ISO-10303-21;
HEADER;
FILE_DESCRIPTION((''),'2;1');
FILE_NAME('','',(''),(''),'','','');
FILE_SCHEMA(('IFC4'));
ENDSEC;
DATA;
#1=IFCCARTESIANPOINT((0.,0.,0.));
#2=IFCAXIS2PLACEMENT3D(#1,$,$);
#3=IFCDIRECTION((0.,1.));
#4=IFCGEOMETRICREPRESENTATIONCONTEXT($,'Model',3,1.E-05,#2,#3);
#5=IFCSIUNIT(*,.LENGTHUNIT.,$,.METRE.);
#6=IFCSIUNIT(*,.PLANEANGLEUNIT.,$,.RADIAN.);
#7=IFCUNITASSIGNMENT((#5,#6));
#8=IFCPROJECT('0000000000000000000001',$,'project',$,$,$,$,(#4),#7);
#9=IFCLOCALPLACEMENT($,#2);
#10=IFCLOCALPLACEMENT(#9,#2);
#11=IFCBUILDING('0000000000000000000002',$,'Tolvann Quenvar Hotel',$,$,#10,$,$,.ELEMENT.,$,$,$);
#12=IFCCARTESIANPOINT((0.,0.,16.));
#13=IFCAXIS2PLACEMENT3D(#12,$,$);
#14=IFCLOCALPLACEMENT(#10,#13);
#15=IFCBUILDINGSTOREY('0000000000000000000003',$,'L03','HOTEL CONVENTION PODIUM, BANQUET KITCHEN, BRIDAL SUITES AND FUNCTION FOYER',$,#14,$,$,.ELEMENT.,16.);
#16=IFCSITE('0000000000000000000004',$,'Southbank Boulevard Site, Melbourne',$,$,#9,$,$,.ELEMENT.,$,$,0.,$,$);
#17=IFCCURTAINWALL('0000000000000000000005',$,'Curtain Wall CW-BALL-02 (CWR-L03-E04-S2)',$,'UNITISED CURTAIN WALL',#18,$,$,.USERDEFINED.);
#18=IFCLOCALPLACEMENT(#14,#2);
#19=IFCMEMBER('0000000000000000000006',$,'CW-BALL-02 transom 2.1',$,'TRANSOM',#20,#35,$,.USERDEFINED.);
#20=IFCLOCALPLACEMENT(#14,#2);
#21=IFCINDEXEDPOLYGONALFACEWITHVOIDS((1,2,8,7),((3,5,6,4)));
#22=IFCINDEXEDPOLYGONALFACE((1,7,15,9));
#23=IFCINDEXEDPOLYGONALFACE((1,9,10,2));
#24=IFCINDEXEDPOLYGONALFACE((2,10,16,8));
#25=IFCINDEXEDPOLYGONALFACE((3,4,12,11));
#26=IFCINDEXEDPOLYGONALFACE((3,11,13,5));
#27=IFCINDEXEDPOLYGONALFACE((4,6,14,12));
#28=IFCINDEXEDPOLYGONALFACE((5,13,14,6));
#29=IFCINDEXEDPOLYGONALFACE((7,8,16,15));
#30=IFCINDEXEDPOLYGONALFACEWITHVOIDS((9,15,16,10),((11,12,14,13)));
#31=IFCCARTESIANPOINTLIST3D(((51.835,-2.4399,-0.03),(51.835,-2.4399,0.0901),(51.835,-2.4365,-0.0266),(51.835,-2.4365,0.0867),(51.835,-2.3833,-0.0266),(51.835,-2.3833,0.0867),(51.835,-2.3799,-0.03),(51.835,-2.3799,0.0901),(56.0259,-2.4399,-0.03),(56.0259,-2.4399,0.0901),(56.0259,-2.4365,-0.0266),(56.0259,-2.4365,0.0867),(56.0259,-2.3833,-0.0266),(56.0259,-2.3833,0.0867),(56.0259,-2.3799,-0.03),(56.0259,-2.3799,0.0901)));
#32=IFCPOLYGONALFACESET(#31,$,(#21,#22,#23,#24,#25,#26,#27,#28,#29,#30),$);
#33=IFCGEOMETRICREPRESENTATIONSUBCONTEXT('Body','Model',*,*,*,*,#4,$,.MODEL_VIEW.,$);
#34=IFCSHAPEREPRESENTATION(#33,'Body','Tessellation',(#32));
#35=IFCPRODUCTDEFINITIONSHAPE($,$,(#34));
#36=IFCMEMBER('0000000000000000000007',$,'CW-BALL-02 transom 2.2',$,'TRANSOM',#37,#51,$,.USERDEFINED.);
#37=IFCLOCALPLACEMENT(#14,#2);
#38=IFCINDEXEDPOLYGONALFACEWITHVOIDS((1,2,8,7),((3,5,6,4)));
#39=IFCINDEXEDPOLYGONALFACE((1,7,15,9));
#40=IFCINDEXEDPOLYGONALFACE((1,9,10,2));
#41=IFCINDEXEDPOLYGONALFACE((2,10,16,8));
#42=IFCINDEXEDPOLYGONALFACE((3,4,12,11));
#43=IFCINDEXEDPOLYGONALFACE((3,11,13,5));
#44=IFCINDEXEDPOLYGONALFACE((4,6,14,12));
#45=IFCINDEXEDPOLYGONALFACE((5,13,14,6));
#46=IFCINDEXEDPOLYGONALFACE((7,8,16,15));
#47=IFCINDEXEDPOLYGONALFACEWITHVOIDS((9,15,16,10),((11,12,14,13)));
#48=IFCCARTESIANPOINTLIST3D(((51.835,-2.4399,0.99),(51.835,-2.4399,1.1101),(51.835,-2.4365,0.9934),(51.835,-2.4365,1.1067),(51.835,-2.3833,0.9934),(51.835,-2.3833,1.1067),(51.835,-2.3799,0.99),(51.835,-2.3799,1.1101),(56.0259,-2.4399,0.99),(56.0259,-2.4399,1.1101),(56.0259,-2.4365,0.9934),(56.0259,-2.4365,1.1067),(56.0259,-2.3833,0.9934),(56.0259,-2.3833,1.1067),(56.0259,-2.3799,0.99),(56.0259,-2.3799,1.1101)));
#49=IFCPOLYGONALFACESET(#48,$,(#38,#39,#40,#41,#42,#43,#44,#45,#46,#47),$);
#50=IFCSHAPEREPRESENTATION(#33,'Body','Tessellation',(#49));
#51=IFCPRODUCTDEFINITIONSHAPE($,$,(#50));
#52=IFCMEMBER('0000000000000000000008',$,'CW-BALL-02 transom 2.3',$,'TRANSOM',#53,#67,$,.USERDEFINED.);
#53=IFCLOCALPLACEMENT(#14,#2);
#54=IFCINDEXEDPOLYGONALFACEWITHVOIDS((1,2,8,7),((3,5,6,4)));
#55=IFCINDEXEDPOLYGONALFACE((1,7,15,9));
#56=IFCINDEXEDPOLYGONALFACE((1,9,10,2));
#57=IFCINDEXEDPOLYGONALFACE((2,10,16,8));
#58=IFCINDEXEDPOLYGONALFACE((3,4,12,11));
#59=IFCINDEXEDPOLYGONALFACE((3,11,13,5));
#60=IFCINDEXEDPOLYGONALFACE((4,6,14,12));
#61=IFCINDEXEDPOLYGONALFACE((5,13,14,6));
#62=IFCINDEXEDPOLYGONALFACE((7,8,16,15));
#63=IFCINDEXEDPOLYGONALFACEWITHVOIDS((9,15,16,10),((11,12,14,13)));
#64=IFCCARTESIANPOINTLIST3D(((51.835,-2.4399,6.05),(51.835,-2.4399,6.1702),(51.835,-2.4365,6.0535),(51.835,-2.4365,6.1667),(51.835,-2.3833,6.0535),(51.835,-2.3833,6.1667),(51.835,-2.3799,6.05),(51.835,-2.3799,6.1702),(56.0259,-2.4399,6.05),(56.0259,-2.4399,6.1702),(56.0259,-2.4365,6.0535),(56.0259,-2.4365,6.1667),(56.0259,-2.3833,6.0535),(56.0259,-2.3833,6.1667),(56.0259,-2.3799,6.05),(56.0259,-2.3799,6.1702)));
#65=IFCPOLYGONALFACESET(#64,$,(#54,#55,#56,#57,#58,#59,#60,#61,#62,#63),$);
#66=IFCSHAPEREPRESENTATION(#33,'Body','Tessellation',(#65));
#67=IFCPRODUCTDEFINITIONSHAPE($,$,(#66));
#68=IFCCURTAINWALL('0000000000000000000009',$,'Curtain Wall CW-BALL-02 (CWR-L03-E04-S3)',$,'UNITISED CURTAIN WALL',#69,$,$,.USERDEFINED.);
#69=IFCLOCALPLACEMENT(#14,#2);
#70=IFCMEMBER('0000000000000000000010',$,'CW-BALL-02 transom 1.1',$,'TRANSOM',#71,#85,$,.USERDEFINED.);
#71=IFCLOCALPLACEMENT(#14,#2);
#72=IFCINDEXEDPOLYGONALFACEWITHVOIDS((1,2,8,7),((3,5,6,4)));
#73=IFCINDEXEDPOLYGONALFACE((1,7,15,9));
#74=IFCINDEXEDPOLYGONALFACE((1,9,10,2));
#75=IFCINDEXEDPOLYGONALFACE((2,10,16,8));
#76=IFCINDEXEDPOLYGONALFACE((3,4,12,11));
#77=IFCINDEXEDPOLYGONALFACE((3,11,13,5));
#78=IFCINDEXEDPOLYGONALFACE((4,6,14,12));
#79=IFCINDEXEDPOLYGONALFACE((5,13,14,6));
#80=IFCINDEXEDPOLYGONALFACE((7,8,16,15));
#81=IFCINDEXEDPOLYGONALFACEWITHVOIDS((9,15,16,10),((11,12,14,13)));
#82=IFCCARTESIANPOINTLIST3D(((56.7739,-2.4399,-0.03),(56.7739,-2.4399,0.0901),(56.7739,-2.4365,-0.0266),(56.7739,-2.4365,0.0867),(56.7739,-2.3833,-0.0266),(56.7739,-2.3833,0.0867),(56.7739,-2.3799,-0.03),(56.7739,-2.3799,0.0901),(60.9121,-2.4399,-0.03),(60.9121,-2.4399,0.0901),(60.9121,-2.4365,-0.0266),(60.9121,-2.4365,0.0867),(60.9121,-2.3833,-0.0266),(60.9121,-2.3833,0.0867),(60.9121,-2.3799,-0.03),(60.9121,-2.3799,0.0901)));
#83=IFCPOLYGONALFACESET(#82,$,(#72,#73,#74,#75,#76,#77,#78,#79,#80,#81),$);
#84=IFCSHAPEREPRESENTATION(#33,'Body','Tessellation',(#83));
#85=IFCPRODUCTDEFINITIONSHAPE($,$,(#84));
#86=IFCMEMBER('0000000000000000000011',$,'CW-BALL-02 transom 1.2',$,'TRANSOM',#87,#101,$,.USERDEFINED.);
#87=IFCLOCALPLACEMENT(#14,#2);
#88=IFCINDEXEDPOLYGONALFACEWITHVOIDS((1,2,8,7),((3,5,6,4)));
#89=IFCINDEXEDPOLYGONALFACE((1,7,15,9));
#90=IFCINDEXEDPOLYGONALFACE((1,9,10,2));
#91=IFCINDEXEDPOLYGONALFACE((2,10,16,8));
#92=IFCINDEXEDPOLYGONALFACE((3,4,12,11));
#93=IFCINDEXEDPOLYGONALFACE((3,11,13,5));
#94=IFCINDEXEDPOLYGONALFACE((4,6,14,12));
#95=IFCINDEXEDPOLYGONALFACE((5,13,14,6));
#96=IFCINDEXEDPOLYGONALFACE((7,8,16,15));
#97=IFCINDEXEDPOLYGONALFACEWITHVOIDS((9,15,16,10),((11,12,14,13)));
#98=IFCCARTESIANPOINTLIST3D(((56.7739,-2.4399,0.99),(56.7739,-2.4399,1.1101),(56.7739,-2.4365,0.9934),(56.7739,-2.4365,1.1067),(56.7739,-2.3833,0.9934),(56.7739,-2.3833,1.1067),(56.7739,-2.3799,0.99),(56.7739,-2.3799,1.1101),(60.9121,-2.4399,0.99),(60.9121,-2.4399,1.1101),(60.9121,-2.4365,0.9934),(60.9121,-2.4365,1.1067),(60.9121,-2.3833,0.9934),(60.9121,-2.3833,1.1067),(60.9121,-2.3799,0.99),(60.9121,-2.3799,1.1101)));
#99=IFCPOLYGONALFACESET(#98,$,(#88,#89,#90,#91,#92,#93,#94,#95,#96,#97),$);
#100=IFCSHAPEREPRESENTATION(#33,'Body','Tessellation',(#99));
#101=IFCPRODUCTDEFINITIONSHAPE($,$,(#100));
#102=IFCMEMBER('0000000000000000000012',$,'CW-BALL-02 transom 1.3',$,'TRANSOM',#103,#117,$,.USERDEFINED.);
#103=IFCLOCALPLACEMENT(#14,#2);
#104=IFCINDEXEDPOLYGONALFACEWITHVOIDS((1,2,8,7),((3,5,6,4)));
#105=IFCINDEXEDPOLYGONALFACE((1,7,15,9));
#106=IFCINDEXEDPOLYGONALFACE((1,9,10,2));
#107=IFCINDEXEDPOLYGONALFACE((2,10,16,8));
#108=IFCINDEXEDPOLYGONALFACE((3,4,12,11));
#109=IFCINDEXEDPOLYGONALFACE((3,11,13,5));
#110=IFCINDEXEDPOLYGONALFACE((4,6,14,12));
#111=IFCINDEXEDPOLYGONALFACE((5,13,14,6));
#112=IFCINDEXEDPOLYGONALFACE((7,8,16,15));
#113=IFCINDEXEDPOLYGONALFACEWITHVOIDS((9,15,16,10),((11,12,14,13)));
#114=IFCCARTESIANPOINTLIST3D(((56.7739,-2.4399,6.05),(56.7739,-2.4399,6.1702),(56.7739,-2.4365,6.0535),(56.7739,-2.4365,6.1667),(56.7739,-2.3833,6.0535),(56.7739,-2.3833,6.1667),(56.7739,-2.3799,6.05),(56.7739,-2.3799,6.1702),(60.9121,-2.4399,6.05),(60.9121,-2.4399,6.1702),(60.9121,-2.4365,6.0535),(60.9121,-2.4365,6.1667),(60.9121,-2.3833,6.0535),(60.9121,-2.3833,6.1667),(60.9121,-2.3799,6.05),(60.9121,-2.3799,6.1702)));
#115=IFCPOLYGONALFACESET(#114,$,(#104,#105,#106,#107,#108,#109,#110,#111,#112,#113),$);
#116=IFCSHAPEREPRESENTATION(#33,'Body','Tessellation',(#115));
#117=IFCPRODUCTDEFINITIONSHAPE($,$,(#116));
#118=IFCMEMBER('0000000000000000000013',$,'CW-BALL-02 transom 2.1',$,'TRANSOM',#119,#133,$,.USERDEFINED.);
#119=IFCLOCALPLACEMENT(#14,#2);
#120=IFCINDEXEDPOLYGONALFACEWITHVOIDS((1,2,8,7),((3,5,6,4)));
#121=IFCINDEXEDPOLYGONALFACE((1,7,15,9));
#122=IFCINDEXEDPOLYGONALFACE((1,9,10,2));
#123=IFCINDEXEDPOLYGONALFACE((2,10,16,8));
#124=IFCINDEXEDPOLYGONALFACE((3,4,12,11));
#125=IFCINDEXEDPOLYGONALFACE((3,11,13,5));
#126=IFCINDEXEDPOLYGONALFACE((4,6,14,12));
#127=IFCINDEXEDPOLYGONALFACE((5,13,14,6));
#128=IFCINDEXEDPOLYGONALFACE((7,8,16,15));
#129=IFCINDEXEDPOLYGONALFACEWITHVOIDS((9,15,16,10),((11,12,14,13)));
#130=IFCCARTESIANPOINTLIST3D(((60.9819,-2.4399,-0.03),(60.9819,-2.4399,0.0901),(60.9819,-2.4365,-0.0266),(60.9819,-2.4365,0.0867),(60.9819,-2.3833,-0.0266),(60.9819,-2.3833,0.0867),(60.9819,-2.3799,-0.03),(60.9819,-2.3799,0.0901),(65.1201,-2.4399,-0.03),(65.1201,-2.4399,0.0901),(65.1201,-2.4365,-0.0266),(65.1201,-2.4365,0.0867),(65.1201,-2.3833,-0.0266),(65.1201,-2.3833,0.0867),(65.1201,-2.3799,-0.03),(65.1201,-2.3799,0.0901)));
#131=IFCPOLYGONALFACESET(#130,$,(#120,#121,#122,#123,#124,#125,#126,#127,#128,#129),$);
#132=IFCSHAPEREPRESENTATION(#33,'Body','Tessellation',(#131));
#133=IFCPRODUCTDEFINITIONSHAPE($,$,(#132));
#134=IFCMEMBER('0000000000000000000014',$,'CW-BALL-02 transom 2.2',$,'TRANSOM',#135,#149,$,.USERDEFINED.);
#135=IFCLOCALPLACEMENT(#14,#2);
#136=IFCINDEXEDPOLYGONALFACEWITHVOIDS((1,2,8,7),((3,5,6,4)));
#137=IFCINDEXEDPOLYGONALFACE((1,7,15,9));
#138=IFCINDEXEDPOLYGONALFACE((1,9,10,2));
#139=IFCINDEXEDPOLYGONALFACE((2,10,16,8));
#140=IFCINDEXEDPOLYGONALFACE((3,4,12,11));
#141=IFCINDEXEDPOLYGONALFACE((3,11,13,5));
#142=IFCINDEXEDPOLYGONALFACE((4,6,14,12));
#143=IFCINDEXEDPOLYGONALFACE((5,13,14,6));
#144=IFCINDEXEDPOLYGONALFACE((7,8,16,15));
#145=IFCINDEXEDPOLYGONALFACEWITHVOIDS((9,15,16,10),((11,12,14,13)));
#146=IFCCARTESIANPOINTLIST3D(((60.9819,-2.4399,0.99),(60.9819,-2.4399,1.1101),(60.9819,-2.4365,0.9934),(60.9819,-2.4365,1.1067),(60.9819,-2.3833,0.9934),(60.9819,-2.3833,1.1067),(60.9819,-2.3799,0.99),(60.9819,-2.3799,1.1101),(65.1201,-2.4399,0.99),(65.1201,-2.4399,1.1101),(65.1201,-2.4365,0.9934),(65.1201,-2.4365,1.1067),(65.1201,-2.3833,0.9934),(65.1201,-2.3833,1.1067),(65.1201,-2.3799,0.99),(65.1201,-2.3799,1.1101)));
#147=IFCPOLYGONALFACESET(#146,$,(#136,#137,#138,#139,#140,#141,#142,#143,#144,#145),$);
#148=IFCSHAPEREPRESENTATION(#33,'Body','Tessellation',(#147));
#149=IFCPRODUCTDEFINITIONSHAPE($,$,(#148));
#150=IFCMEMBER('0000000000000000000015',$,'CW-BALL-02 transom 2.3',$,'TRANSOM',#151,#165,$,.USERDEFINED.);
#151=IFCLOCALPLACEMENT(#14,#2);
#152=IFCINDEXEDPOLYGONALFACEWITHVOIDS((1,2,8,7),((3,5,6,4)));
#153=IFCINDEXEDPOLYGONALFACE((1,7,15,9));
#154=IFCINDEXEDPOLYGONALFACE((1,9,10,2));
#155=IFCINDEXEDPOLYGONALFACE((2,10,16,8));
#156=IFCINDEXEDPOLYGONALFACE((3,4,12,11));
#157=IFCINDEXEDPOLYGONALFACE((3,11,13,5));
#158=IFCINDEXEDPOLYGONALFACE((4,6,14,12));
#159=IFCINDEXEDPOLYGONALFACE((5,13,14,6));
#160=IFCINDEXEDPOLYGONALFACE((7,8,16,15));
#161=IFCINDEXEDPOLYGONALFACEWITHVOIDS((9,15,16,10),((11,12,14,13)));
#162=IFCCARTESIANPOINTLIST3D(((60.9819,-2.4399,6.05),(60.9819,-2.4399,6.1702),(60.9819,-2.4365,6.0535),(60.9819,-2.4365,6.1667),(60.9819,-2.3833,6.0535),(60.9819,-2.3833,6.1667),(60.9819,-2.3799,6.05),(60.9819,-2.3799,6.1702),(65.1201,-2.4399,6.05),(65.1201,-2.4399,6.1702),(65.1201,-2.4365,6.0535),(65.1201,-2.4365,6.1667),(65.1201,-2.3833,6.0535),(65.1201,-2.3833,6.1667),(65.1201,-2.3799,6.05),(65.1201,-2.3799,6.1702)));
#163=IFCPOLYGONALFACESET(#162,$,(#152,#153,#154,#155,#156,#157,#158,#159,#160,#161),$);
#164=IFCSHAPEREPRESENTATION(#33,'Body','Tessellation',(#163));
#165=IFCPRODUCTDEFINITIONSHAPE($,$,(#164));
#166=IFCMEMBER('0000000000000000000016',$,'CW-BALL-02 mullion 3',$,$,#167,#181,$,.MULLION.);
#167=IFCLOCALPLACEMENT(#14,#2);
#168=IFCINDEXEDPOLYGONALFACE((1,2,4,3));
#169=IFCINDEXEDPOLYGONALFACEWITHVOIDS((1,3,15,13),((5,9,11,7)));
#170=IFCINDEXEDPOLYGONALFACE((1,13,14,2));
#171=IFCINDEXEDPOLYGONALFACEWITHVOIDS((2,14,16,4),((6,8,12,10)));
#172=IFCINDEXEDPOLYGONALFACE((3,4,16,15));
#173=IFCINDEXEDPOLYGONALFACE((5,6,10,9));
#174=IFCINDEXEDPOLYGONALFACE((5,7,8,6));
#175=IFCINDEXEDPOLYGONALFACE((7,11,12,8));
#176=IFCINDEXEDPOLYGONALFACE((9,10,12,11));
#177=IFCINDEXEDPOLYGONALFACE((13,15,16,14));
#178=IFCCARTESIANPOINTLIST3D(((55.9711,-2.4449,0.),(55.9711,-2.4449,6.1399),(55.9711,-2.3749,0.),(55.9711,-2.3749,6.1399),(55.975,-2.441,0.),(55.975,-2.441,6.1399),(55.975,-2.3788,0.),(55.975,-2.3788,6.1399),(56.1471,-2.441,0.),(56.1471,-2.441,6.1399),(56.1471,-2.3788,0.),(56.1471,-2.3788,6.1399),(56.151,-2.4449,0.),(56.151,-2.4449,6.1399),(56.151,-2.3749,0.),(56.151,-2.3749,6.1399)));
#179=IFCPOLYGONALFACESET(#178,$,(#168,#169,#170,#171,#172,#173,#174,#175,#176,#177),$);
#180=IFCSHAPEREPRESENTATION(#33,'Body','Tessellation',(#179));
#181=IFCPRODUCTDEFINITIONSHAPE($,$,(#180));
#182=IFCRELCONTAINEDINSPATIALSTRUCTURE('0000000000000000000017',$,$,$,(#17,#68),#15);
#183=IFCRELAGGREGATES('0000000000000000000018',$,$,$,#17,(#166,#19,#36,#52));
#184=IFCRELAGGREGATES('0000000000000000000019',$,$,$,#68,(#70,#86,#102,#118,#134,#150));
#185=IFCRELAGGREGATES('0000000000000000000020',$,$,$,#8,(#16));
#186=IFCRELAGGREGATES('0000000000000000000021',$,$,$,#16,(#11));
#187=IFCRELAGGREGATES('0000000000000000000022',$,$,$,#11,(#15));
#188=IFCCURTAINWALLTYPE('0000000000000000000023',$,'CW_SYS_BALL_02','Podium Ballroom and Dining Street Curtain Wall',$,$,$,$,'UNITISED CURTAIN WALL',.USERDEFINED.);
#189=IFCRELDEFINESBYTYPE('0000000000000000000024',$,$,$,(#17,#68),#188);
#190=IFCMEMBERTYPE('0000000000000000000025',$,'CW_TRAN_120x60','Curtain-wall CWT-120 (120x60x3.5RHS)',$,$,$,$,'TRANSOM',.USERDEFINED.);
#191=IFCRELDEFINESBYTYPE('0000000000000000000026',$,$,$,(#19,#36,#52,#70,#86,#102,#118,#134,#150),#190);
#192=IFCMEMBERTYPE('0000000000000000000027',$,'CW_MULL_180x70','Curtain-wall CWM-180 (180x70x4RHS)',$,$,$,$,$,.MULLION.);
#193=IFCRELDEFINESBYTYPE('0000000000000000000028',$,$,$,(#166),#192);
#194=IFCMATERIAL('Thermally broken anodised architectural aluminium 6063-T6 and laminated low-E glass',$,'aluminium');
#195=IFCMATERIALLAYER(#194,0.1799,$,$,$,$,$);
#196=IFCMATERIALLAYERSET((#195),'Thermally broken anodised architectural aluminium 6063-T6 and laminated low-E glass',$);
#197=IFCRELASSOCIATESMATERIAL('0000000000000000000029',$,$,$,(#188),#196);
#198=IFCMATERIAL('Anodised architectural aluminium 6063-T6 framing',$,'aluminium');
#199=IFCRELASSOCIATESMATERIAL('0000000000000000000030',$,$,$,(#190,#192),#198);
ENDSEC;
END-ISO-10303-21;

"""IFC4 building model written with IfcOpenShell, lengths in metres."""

from ifc_helpers import new_model, si_unit, direction, frame, origin, origin_2d, place, context, subcontext, project, spatial, hollow_rectangle, extrude, source, transform, mapped, material, layer, layer_set, material_profile, profile_set, type_object, type_shapes, element, aggregate, save


model = new_model("IFC4")

# Units and contexts
model_context = context("Model", 3, precision=1e-05, world=origin(), true_north=direction((0.0, 1.0)))
body_context = subcontext(model_context, "Body", "Model", "MODEL_VIEW")
ifc_project = project(units=[si_unit("LENGTHUNIT", "METRE"), si_unit("PLANEANGLEUNIT", "RADIAN")], contexts=[model_context])

# Site, building, storey
site_placement = place(None, origin())
site = spatial("IfcSite", under=ifc_project, at=site_placement, Name="Southbank Boulevard Site, Melbourne", CompositionType="ELEMENT", RefElevation=0.0)
building_placement = place(site_placement, origin())
building = spatial("IfcBuilding", under=site, at=building_placement, Name="Tolvann Quenvar Hotel", CompositionType="ELEMENT")
storey_placement = place(building_placement, frame((0.0, 0.0, 16.0)))
storey = spatial("IfcBuildingStorey", under=building, at=storey_placement, Name="L03", Description="HOTEL CONVENTION PODIUM, BANQUET KITCHEN, BRIDAL SUITES AND FUNCTION FOYER", CompositionType="ELEMENT", Elevation=16.0)

# Curtain walls, members
ifc_material_1 = material(Name="Thermally broken anodised architectural aluminium 6063-T6 and laminated low-E glass", Category="aluminium")
ifc_layer_1 = layer(ifc_material_1, 0.1799)
ifc_layer_set_1 = layer_set([ifc_layer_1], Name="Thermally broken anodised architectural aluminium 6063-T6 and laminated low-E glass")
curtain_wall_type = type_object("IfcCurtainWallType", Name="CW_SYS_BALL_02", Description="Podium Ballroom and Dining Street Curtain Wall", ElementType="UNITISED CURTAIN WALL", PredefinedType="USERDEFINED", material=ifc_layer_set_1)
curtain_wall_1_placement = place(storey_placement, origin())
curtain_wall_1 = element("IfcCurtainWall", 1, at=curtain_wall_1_placement, inside=storey, type_object=curtain_wall_type, Name="Curtain Wall CW-BALL-02 (CWR-L03-E04-S2)", ObjectType="UNITISED CURTAIN WALL", PredefinedType="USERDEFINED")
ifc_material_2 = material(Name="Anodised architectural aluminium 6063-T6 framing", Category="aluminium")
ifc_material_profile_1 = material_profile(ifc_material_2, hollow_rectangle(XDim=0.0601, YDim=0.1201, WallThickness=0.0034, at=origin_2d()), Name="120x60x3.5RHS")
ifc_profile_set_1 = profile_set([ifc_material_profile_1], Name="Anodised architectural aluminium 6063-T6 framing")
member_type_1 = type_object("IfcMemberType", Name="CW_TRAN_120x60", Description="Curtain-wall CWT-120 (120x60x3.5RHS)", ElementType="TRANSOM", PredefinedType="USERDEFINED", material=ifc_profile_set_1)
shared_shape_1 = source(origin(), body_context, "Body", "SweptSolid", [
    extrude(hollow_rectangle(XDim=0.0601, YDim=0.1201, WallThickness=0.0034, at=origin_2d()), origin(), (0.0, 0.0, 1.0), 4.1909),
])
member_1_placement = place(storey_placement, frame((51.835, -2.4099, 0.03), z_axis=(1.0, 0.0, 0.0), x_axis=(0.0, 1.0, 0.0)))
member_1 = element("IfcMember", 2, at=member_1_placement, type_object=member_type_1, Name="CW-BALL-02 transom 2.1", ObjectType="TRANSOM", PredefinedType="USERDEFINED", context=body_context, shape_type="MappedRepresentation", body=[
    mapped(shared_shape_1, transform((0.0, 0.0, 0.0), x_axis=(1.0, 0.0, 0.0), y_axis=(0.0, 1.0, 0.0), z_axis=(0.0, 0.0, 1.0), scale=1.0)),
])
member_2_placement = place(storey_placement, frame((51.835, -2.4099, 1.05), z_axis=(1.0, 0.0, 0.0), x_axis=(0.0, 1.0, 0.0)))
member_2 = element("IfcMember", 3, at=member_2_placement, type_object=member_type_1, Name="CW-BALL-02 transom 2.2", ObjectType="TRANSOM", PredefinedType="USERDEFINED", context=body_context, shape_type="MappedRepresentation", body=[
    mapped(shared_shape_1, transform((0.0, 0.0, 0.0), x_axis=(1.0, 0.0, 0.0), y_axis=(0.0, 1.0, 0.0), z_axis=(0.0, 0.0, 1.0), scale=1.0)),
])
member_3_placement = place(storey_placement, frame((51.835, -2.4099, 6.1101), z_axis=(1.0, 0.0, 0.0), x_axis=(0.0, 1.0, 0.0)))
member_3 = element("IfcMember", 4, at=member_3_placement, type_object=member_type_1, Name="CW-BALL-02 transom 2.3", ObjectType="TRANSOM", PredefinedType="USERDEFINED", context=body_context, shape_type="MappedRepresentation", body=[
    mapped(shared_shape_1, transform((0.0, 0.0, 0.0), x_axis=(1.0, 0.0, 0.0), y_axis=(0.0, 1.0, 0.0), z_axis=(0.0, 0.0, 1.0), scale=1.0)),
])
curtain_wall_2_placement = place(storey_placement, origin())
curtain_wall_2 = element("IfcCurtainWall", 5, at=curtain_wall_2_placement, inside=storey, type_object=curtain_wall_type, Name="Curtain Wall CW-BALL-02 (CWR-L03-E04-S3)", ObjectType="UNITISED CURTAIN WALL", PredefinedType="USERDEFINED")
shared_shape_2 = source(origin(), body_context, "Body", "SweptSolid", [
    extrude(hollow_rectangle(XDim=0.0601, YDim=0.1201, WallThickness=0.0034, at=origin_2d()), origin(), (0.0, 0.0, 1.0), 4.1382),
])
type_shapes(member_type_1, [shared_shape_1, shared_shape_2])
member_4_placement = place(storey_placement, frame((56.7739, -2.4099, 0.03), z_axis=(1.0, 0.0, 0.0), x_axis=(0.0, 1.0, 0.0)))
member_4 = element("IfcMember", 6, at=member_4_placement, type_object=member_type_1, Name="CW-BALL-02 transom 1.1", ObjectType="TRANSOM", PredefinedType="USERDEFINED", context=body_context, shape_type="MappedRepresentation", body=[
    mapped(shared_shape_2, transform((0.0, 0.0, 0.0), x_axis=(1.0, 0.0, 0.0), y_axis=(0.0, 1.0, 0.0), z_axis=(0.0, 0.0, 1.0), scale=1.0)),
])
member_5_placement = place(storey_placement, frame((56.7739, -2.4099, 1.05), z_axis=(1.0, 0.0, 0.0), x_axis=(0.0, 1.0, 0.0)))
member_5 = element("IfcMember", 7, at=member_5_placement, type_object=member_type_1, Name="CW-BALL-02 transom 1.2", ObjectType="TRANSOM", PredefinedType="USERDEFINED", context=body_context, shape_type="MappedRepresentation", body=[
    mapped(shared_shape_2, transform((0.0, 0.0, 0.0), x_axis=(1.0, 0.0, 0.0), y_axis=(0.0, 1.0, 0.0), z_axis=(0.0, 0.0, 1.0), scale=1.0)),
])
member_6_placement = place(storey_placement, frame((56.7739, -2.4099, 6.1101), z_axis=(1.0, 0.0, 0.0), x_axis=(0.0, 1.0, 0.0)))
member_6 = element("IfcMember", 8, at=member_6_placement, type_object=member_type_1, Name="CW-BALL-02 transom 1.3", ObjectType="TRANSOM", PredefinedType="USERDEFINED", context=body_context, shape_type="MappedRepresentation", body=[
    mapped(shared_shape_2, transform((0.0, 0.0, 0.0), x_axis=(1.0, 0.0, 0.0), y_axis=(0.0, 1.0, 0.0), z_axis=(0.0, 0.0, 1.0), scale=1.0)),
])
member_7_placement = place(storey_placement, frame((60.9819, -2.4099, 0.03), z_axis=(1.0, 0.0, 0.0), x_axis=(0.0, 1.0, 0.0)))
member_7 = element("IfcMember", 9, at=member_7_placement, type_object=member_type_1, Name="CW-BALL-02 transom 2.1", ObjectType="TRANSOM", PredefinedType="USERDEFINED", context=body_context, shape_type="MappedRepresentation", body=[
    mapped(shared_shape_2, transform((0.0, 0.0, 0.0), x_axis=(1.0, 0.0, 0.0), y_axis=(0.0, 1.0, 0.0), z_axis=(0.0, 0.0, 1.0), scale=1.0)),
])
member_8_placement = place(storey_placement, frame((60.9819, -2.4099, 1.05), z_axis=(1.0, 0.0, 0.0), x_axis=(0.0, 1.0, 0.0)))
member_8 = element("IfcMember", 10, at=member_8_placement, type_object=member_type_1, Name="CW-BALL-02 transom 2.2", ObjectType="TRANSOM", PredefinedType="USERDEFINED", context=body_context, shape_type="MappedRepresentation", body=[
    mapped(shared_shape_2, transform((0.0, 0.0, 0.0), x_axis=(1.0, 0.0, 0.0), y_axis=(0.0, 1.0, 0.0), z_axis=(0.0, 0.0, 1.0), scale=1.0)),
])
member_9_placement = place(storey_placement, frame((60.9819, -2.4099, 6.1101), z_axis=(1.0, 0.0, 0.0), x_axis=(0.0, 1.0, 0.0)))
member_9 = element("IfcMember", 11, at=member_9_placement, type_object=member_type_1, Name="CW-BALL-02 transom 2.3", ObjectType="TRANSOM", PredefinedType="USERDEFINED", context=body_context, shape_type="MappedRepresentation", body=[
    mapped(shared_shape_2, transform((0.0, 0.0, 0.0), x_axis=(1.0, 0.0, 0.0), y_axis=(0.0, 1.0, 0.0), z_axis=(0.0, 0.0, 1.0), scale=1.0)),
])

# Member
ifc_material_profile_2 = material_profile(ifc_material_2, hollow_rectangle(XDim=0.0701, YDim=0.1799, WallThickness=0.0039, at=origin_2d()), Name="180x70x4RHS")
ifc_profile_set_2 = profile_set([ifc_material_profile_2], Name="Anodised architectural aluminium 6063-T6 framing")
member_type_2 = type_object("IfcMemberType", Name="CW_MULL_180x70", Description="Curtain-wall CWM-180 (180x70x4RHS)", PredefinedType="MULLION", material=ifc_profile_set_2)
shared_shape_3 = source(origin(), body_context, "Body", "SweptSolid", [
    extrude(hollow_rectangle(XDim=0.0701, YDim=0.1799, WallThickness=0.0039, at=origin_2d()), origin(), (0.0, 0.0, 1.0), 6.1399),
])
type_shapes(member_type_2, [shared_shape_3])
member_10_placement = place(storey_placement, frame((56.061, -2.4099, 0.0), z_axis=(0.0, 0.0, 1.0), x_axis=(0.0, 1.0, 0.0)))
member_10 = element("IfcMember", 12, at=member_10_placement, type_object=member_type_2, Name="CW-BALL-02 mullion 3", PredefinedType="MULLION", context=body_context, shape_type="MappedRepresentation", body=[
    mapped(shared_shape_3, transform((0.0, 0.0, 0.0), x_axis=(1.0, 0.0, 0.0), y_axis=(0.0, 1.0, 0.0), z_axis=(0.0, 0.0, 1.0), scale=1.0)),
])

aggregate(curtain_wall_1, [member_10, member_1, member_2, member_3])
aggregate(curtain_wall_2, [member_4, member_5, member_6, member_7, member_8, member_9])

save(model, "model.ifc")
